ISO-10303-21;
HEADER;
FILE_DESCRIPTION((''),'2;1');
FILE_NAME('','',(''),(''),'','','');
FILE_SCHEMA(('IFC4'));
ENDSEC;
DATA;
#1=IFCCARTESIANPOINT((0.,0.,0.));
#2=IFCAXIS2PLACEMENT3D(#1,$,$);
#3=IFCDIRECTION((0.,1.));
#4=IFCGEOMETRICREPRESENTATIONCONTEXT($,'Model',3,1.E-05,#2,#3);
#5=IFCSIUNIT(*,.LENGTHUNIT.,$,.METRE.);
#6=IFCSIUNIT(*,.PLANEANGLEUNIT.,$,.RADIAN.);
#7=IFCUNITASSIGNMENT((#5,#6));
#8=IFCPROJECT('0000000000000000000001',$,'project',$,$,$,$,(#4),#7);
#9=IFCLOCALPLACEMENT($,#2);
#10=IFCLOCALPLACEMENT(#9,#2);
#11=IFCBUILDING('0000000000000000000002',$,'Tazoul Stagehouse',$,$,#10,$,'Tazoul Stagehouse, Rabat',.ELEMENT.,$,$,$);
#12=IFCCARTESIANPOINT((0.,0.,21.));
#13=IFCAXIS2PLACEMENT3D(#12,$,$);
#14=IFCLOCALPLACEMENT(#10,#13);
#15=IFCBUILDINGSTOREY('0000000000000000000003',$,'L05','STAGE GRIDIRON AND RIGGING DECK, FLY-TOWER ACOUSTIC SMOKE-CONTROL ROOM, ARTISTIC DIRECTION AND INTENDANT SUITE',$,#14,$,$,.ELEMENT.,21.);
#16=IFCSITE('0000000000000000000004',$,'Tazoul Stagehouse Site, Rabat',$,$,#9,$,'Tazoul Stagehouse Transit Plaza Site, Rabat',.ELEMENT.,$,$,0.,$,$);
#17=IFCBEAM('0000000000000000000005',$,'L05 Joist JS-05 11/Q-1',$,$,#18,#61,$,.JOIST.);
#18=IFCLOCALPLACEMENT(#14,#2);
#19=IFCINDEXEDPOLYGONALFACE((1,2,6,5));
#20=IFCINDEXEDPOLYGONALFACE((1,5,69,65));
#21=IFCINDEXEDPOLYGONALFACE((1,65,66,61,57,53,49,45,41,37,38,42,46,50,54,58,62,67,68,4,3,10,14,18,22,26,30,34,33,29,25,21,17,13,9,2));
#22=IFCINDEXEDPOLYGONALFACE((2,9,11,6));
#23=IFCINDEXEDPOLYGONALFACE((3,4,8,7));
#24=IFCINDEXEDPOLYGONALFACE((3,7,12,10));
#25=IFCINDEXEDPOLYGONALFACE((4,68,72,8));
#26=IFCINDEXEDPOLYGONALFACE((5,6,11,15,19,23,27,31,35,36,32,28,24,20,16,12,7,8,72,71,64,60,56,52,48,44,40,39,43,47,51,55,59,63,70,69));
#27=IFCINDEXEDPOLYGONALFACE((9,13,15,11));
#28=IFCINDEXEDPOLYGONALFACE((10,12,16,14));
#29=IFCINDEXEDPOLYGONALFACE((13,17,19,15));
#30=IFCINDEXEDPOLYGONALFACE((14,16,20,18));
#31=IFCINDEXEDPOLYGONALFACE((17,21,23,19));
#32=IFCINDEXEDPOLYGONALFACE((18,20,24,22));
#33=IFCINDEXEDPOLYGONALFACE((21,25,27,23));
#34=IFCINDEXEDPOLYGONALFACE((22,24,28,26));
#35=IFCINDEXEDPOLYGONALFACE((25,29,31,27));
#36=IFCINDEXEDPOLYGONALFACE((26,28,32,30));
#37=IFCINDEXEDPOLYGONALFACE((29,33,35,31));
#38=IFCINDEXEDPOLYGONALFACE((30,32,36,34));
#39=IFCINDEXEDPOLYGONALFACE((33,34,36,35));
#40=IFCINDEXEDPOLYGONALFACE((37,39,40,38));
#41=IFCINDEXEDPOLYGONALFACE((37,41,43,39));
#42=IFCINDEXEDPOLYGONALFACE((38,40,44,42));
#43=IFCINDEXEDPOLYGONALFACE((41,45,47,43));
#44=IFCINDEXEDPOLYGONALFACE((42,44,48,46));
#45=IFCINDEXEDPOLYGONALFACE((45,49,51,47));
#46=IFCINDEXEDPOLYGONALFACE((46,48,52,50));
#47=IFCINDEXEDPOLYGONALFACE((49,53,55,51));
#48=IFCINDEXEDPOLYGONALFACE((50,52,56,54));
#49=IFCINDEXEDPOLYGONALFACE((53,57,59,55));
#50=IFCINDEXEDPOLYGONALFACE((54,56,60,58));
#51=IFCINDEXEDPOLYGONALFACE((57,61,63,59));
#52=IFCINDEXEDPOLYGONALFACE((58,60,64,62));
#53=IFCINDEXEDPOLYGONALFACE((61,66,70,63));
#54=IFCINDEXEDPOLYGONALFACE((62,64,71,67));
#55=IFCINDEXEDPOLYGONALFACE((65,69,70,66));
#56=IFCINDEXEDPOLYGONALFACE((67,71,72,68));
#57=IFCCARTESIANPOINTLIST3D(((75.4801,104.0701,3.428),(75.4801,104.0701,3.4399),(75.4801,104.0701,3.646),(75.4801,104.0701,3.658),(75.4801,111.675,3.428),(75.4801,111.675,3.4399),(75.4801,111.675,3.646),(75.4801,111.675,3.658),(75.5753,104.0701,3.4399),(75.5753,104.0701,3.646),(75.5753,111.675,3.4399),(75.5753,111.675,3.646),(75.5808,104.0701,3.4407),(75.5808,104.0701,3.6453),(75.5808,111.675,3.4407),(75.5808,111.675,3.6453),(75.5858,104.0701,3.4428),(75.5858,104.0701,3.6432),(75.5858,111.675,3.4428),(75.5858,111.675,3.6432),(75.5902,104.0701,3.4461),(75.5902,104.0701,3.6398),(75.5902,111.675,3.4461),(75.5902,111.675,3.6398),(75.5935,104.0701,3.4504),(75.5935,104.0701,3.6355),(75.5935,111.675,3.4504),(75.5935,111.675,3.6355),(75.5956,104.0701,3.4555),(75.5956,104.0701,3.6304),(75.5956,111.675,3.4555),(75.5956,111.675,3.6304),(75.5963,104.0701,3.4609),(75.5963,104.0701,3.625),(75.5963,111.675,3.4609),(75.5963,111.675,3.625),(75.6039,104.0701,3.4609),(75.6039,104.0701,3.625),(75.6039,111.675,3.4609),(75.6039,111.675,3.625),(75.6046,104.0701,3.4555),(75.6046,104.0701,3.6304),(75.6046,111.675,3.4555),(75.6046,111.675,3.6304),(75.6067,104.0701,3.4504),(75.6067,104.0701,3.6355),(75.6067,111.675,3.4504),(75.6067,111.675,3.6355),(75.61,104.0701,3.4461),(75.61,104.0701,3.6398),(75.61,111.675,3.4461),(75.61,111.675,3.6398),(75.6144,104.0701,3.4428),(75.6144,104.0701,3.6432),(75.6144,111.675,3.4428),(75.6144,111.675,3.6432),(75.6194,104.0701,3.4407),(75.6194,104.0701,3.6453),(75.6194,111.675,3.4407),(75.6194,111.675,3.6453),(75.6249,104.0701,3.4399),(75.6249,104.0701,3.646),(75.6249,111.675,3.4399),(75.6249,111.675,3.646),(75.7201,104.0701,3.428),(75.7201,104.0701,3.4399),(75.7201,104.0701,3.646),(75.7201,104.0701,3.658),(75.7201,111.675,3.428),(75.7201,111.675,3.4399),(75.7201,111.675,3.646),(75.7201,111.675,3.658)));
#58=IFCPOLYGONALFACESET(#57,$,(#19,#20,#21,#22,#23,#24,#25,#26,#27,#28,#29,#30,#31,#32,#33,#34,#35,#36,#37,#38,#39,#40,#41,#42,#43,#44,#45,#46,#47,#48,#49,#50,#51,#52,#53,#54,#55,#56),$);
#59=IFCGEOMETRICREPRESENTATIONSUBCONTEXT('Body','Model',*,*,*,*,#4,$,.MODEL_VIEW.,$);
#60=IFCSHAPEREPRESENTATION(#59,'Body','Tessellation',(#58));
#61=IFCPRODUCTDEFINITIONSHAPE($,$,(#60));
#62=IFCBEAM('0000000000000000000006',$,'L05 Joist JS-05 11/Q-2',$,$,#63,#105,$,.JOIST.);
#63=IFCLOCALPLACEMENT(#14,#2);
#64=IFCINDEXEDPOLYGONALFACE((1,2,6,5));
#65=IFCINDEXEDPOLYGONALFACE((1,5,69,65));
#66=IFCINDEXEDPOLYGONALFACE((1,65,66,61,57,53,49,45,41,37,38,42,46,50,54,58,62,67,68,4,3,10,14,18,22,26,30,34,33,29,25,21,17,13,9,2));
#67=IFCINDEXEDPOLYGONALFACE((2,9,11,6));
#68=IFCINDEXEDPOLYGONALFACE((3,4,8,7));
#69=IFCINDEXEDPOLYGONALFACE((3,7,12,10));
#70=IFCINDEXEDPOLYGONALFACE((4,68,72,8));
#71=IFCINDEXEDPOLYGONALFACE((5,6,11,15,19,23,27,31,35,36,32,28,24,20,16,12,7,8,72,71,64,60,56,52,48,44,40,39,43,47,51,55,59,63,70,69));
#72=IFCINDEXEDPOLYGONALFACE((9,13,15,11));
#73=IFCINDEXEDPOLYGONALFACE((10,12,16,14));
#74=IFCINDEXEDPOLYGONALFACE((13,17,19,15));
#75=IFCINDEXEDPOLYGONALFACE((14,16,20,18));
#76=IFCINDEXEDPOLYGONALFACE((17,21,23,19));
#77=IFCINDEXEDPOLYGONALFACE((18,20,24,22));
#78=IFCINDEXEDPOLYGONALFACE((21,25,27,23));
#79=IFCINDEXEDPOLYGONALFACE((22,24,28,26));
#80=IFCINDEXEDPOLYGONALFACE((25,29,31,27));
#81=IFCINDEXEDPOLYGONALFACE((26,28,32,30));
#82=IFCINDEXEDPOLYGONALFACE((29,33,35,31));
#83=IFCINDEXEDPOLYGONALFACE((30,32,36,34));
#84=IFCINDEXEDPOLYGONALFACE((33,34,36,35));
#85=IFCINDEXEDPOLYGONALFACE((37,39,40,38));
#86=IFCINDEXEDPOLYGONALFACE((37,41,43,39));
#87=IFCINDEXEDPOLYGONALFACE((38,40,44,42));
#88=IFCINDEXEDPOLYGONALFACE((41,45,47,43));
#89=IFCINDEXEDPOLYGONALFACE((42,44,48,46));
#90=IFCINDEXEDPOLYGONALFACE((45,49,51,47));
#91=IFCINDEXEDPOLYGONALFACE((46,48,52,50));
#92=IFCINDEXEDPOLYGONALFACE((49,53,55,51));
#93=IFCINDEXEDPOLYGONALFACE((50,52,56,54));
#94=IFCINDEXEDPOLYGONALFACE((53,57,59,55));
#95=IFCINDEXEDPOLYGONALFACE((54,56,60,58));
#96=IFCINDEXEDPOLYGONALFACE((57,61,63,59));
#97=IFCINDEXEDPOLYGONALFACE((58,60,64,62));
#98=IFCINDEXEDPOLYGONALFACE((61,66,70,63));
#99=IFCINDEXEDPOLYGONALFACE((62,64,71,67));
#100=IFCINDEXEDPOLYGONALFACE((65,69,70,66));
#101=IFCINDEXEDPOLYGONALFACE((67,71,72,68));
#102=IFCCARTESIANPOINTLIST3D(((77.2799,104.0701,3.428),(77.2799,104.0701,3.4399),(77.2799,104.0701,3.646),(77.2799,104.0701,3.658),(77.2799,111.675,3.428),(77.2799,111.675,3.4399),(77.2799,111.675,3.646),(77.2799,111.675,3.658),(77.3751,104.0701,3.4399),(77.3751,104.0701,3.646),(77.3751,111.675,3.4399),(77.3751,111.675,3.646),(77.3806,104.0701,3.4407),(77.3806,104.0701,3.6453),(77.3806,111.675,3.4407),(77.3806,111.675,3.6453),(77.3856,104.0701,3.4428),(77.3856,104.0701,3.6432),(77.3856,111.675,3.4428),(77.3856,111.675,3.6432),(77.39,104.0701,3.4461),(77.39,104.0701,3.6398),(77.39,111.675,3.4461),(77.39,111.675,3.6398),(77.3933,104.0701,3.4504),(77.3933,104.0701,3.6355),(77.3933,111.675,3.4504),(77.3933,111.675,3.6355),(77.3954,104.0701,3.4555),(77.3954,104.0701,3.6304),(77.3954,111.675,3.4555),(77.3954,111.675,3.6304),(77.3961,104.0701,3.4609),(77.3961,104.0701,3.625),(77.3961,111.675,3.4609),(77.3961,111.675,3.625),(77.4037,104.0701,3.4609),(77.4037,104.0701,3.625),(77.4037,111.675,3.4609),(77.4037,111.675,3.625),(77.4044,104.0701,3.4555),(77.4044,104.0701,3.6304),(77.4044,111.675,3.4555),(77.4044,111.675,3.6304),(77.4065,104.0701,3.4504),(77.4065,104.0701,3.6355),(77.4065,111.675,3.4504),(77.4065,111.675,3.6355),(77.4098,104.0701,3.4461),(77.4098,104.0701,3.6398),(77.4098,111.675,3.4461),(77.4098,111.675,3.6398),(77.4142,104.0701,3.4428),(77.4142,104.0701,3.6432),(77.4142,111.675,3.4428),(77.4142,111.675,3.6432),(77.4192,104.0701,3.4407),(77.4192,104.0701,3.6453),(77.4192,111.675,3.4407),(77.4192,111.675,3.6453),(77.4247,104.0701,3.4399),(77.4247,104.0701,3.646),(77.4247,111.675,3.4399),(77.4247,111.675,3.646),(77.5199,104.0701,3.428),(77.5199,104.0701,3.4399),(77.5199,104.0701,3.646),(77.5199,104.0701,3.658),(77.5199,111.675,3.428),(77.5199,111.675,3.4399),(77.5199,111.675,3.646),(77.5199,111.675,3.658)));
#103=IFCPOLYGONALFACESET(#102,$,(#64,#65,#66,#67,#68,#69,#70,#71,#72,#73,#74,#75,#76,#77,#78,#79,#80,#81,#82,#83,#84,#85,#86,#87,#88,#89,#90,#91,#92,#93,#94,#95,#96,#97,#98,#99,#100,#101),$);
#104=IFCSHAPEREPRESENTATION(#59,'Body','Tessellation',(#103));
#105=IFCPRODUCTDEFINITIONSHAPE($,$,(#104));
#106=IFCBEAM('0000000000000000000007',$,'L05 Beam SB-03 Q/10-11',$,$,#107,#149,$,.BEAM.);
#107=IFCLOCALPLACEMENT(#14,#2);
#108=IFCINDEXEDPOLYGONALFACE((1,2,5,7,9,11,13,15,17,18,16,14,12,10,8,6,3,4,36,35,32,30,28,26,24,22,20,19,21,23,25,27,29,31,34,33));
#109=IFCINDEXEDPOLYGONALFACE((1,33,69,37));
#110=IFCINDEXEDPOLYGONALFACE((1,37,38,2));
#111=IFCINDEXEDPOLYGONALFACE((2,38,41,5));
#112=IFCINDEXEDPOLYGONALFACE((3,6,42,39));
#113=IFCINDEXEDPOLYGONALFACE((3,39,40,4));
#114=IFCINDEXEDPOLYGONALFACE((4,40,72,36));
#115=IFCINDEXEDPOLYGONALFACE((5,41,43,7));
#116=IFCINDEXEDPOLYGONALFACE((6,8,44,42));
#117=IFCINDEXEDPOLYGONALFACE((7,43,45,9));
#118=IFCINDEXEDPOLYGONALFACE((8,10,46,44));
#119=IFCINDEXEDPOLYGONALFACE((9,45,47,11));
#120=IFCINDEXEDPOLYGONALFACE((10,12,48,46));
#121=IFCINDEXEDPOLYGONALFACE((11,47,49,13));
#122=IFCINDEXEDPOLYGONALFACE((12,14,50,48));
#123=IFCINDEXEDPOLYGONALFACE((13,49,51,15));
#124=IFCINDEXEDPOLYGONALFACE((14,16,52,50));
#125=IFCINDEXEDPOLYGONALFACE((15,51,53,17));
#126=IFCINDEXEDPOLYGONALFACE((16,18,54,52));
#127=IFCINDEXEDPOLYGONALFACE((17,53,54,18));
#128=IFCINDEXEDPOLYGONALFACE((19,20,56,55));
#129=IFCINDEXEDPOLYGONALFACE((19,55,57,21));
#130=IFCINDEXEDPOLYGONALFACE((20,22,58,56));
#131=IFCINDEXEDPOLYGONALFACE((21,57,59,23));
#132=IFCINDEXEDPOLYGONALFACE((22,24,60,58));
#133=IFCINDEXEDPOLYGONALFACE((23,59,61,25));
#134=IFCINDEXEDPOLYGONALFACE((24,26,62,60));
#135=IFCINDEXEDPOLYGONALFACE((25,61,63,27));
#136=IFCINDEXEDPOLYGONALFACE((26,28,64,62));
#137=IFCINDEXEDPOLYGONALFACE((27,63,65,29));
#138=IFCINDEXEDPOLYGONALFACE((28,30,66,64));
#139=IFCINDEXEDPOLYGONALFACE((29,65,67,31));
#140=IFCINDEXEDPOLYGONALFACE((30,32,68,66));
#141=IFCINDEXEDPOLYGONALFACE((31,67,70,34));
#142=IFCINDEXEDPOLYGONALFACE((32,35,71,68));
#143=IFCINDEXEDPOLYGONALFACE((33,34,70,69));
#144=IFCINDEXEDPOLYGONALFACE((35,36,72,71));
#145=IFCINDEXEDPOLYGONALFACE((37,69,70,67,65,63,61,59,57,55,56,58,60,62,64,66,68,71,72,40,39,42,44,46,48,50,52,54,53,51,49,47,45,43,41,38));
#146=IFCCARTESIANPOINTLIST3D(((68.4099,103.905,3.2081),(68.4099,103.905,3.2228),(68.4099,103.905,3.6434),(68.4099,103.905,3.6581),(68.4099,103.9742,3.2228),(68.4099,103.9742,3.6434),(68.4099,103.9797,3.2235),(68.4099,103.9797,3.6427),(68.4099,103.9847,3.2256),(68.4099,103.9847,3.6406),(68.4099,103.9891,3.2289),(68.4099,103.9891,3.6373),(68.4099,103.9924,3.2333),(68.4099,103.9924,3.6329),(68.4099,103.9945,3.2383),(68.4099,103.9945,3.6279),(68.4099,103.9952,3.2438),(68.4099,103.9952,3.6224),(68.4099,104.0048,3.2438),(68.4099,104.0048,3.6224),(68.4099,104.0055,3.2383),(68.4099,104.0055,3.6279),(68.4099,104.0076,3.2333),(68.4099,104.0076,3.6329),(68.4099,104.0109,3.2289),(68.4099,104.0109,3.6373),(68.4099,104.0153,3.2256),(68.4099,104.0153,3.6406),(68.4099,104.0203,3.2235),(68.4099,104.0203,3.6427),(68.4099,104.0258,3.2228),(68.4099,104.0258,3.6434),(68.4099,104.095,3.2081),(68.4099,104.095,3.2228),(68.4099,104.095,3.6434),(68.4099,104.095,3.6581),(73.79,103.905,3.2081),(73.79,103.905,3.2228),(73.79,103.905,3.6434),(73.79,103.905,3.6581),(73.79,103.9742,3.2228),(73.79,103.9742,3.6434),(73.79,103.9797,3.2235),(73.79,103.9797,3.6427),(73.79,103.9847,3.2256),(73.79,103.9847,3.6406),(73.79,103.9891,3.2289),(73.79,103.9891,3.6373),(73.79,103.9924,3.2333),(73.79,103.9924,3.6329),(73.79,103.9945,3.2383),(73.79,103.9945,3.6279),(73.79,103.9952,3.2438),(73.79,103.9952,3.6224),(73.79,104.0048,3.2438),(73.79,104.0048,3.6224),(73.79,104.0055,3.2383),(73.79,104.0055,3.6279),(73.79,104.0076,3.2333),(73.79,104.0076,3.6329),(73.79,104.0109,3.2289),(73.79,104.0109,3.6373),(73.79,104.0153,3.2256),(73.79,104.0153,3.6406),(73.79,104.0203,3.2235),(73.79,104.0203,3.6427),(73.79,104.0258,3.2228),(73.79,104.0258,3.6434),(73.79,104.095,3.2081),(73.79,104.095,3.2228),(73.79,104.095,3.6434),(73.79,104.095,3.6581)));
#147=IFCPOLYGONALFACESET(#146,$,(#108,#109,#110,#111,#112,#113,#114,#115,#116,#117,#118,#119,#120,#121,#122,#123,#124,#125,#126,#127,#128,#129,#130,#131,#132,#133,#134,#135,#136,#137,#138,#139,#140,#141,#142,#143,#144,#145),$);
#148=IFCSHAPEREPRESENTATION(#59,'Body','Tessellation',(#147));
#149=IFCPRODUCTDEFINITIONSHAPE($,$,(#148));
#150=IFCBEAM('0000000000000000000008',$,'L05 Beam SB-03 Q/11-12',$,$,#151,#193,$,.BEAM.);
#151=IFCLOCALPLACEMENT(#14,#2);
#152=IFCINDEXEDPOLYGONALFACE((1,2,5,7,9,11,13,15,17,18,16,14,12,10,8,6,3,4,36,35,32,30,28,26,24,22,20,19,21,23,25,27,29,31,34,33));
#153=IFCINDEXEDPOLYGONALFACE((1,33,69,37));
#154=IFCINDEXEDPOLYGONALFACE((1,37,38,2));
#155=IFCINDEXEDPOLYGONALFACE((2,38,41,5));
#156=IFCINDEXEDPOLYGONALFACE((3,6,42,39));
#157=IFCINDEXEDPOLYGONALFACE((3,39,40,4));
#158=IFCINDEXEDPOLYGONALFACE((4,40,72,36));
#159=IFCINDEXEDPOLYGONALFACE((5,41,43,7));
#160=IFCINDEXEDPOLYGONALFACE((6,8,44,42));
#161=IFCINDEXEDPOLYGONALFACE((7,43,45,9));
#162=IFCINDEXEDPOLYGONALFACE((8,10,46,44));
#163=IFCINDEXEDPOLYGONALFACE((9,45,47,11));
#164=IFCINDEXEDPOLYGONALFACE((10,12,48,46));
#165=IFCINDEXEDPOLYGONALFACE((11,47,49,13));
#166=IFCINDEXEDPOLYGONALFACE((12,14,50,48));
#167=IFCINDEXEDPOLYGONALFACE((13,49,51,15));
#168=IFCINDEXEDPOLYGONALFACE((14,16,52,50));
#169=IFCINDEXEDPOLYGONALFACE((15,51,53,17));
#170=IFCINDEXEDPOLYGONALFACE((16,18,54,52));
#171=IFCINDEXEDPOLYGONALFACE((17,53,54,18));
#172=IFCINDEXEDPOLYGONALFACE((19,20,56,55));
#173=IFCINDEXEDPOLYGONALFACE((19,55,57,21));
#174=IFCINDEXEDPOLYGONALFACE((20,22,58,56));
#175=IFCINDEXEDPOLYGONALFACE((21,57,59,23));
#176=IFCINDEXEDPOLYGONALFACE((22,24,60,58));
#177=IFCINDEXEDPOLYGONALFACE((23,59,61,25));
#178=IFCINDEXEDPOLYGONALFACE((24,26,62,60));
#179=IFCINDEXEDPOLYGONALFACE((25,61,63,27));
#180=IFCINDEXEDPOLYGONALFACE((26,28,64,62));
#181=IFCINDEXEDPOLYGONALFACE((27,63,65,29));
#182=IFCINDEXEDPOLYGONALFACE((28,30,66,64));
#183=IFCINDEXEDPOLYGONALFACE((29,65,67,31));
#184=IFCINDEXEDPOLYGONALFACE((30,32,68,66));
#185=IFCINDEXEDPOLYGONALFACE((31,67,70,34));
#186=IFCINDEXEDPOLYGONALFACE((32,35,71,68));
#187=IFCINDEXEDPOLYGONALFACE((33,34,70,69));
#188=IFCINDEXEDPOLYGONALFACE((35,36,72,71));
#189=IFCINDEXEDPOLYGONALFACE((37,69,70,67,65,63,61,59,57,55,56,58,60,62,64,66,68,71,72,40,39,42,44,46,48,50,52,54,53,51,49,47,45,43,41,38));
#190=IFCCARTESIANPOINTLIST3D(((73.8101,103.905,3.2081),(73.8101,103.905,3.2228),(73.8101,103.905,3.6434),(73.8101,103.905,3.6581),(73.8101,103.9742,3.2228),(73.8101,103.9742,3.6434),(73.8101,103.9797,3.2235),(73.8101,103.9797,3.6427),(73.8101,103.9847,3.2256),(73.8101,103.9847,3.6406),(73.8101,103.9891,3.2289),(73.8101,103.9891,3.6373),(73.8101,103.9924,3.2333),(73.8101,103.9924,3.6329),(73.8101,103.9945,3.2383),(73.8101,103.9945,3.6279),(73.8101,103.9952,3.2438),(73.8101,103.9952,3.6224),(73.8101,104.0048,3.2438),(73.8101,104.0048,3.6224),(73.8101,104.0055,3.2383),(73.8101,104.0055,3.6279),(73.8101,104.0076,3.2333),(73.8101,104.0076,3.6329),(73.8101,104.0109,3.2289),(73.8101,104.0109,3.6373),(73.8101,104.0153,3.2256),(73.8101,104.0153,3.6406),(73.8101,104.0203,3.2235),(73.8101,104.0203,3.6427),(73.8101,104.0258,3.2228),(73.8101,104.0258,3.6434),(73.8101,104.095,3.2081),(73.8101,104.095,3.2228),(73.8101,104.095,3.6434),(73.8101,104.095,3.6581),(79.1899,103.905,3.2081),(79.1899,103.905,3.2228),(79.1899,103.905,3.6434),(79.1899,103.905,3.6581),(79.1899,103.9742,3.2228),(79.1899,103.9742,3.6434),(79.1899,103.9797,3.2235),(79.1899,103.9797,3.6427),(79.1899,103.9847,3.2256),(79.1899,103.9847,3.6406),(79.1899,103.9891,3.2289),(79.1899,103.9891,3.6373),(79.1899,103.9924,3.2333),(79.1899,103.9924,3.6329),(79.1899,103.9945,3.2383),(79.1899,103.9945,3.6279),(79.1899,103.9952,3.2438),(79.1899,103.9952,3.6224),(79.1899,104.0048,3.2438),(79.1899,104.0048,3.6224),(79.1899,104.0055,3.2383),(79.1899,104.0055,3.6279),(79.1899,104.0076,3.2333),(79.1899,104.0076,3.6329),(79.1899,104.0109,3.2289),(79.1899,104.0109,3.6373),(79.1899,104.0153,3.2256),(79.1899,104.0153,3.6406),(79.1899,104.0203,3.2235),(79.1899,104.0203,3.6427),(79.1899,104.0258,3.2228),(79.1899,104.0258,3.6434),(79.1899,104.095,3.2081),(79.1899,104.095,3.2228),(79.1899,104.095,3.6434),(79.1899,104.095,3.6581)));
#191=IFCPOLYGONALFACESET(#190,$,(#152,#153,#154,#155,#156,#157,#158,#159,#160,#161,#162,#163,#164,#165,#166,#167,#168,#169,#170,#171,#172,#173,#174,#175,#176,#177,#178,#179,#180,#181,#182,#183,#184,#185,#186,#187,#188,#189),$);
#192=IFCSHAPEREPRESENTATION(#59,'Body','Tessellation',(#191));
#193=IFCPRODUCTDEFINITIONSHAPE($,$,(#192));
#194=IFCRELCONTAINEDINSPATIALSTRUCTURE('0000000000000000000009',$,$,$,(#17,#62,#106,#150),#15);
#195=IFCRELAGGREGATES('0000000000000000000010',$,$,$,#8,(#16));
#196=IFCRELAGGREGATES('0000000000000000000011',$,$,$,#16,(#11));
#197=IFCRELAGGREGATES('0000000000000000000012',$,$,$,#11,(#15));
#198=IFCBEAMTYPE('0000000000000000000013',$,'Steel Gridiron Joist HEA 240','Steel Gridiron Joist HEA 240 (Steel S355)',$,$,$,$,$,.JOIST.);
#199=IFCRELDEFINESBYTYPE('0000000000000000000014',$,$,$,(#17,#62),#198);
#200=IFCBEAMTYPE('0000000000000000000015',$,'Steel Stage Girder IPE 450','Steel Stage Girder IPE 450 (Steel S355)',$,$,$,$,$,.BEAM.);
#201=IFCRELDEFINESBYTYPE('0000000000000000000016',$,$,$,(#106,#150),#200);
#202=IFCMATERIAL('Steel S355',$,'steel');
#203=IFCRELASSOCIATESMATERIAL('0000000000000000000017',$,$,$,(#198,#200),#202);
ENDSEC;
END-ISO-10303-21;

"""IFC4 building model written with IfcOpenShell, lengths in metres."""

from ifc_helpers import new_model, si_unit, direction, frame, origin, origin_2d, place, context, subcontext, project, spatial, i_section, extrude, material, material_profile, profile_set, type_object, element, save


model = new_model("IFC4")

# Units and contexts
model_context = context("Model", 3, precision=1e-05, world=origin(), true_north=direction((0.0, 1.0)))
body_context = subcontext(model_context, "Body", "Model", "MODEL_VIEW")
ifc_project = project(units=[si_unit("LENGTHUNIT", "METRE"), si_unit("PLANEANGLEUNIT", "RADIAN")], contexts=[model_context])

# Site, building, storey
site_placement = place(None, origin())
site = spatial("IfcSite", under=ifc_project, at=site_placement, Name="Tazoul Stagehouse Site, Rabat", LongName="Tazoul Stagehouse Transit Plaza Site, Rabat", CompositionType="ELEMENT", RefElevation=0.0)
building_placement = place(site_placement, origin())
building = spatial("IfcBuilding", under=site, at=building_placement, Name="Tazoul Stagehouse", LongName="Tazoul Stagehouse, Rabat", CompositionType="ELEMENT")
storey_placement = place(building_placement, frame((0.0, 0.0, 21.0)))
storey = spatial("IfcBuildingStorey", under=building, at=storey_placement, Name="L05", Description="STAGE GRIDIRON AND RIGGING DECK, FLY-TOWER ACOUSTIC SMOKE-CONTROL ROOM, ARTISTIC DIRECTION AND INTENDANT SUITE", CompositionType="ELEMENT", Elevation=21.0)

# Shared definitions
ifc_material_1 = material(Name="Steel S355", Category="steel")

# Beams
ifc_material_profile_1 = material_profile(ifc_material_1, i_section(OverallWidth=0.24, OverallDepth=0.23, WebThickness=0.0076, FlangeThickness=0.012, FilletRadius=0.021, at=origin_2d()), Name="HEA 240")
ifc_profile_set_1 = profile_set([ifc_material_profile_1], Name="Steel S355")
beam_type_1 = type_object("IfcBeamType", Name="Steel Gridiron Joist HEA 240", Description="Steel Gridiron Joist HEA 240 (Steel S355)", PredefinedType="JOIST", material=ifc_profile_set_1)
for number, where, z_axis, x_axis, name in (
    (1, (75.6001, 104.0701, 3.543), (0.0, 1.0, 0.0), (-1.0, 0.0, 0.0), "L05 Joist JS-05 11/Q-1"),
    (2, (77.3999, 104.0701, 3.543), (0.0, 1.0, 0.0), (-1.0, 0.0, 0.0), "L05 Joist JS-05 11/Q-2"),
):
    element("IfcBeam", number, at=place(storey_placement, frame(where, z_axis=z_axis, x_axis=x_axis)), inside=storey, type_object=beam_type_1, Name=name, PredefinedType="JOIST", context=body_context, shape_type="SweptSolid", body=[
        extrude(i_section(OverallWidth=0.24, OverallDepth=0.23, WebThickness=0.0076, FlangeThickness=0.012, FilletRadius=0.021, at=origin_2d()), origin(), (0.0, 0.0, 1.0), 7.605),
    ])
ifc_material_profile_2 = material_profile(ifc_material_1, i_section(OverallWidth=0.1899, OverallDepth=0.45, WebThickness=0.0095, FlangeThickness=0.0146, FilletRadius=0.021, at=origin_2d()), Name="IPE 450")
ifc_profile_set_2 = profile_set([ifc_material_profile_2], Name="Steel S355")
beam_type_2 = type_object("IfcBeamType", Name="Steel Stage Girder IPE 450", Description="Steel Stage Girder IPE 450 (Steel S355)", PredefinedType="BEAM", material=ifc_profile_set_2)
beam_1_placement = place(storey_placement, frame((68.4099, 104.0, 3.4331), z_axis=(1.0, 0.0, 0.0), x_axis=(0.0, 1.0, 0.0)))
element("IfcBeam", 3, at=beam_1_placement, inside=storey, type_object=beam_type_2, Name="L05 Beam SB-03 Q/10-11", PredefinedType="BEAM", context=body_context, shape_type="SweptSolid", body=[
    extrude(i_section(OverallWidth=0.1899, OverallDepth=0.45, WebThickness=0.0095, FlangeThickness=0.0146, FilletRadius=0.021, at=origin_2d()), origin(), (0.0, 0.0, 1.0), 5.3801),
])
beam_2_placement = place(storey_placement, frame((73.8101, 104.0, 3.4331), z_axis=(1.0, 0.0, 0.0), x_axis=(0.0, 1.0, 0.0)))
element("IfcBeam", 4, at=beam_2_placement, inside=storey, type_object=beam_type_2, Name="L05 Beam SB-03 Q/11-12", PredefinedType="BEAM", context=body_context, shape_type="SweptSolid", body=[
    extrude(i_section(OverallWidth=0.1899, OverallDepth=0.45, WebThickness=0.0095, FlangeThickness=0.0146, FilletRadius=0.021, at=origin_2d()), origin(), (0.0, 0.0, 1.0), 5.3799),
])

save(model, "model.ifc")
